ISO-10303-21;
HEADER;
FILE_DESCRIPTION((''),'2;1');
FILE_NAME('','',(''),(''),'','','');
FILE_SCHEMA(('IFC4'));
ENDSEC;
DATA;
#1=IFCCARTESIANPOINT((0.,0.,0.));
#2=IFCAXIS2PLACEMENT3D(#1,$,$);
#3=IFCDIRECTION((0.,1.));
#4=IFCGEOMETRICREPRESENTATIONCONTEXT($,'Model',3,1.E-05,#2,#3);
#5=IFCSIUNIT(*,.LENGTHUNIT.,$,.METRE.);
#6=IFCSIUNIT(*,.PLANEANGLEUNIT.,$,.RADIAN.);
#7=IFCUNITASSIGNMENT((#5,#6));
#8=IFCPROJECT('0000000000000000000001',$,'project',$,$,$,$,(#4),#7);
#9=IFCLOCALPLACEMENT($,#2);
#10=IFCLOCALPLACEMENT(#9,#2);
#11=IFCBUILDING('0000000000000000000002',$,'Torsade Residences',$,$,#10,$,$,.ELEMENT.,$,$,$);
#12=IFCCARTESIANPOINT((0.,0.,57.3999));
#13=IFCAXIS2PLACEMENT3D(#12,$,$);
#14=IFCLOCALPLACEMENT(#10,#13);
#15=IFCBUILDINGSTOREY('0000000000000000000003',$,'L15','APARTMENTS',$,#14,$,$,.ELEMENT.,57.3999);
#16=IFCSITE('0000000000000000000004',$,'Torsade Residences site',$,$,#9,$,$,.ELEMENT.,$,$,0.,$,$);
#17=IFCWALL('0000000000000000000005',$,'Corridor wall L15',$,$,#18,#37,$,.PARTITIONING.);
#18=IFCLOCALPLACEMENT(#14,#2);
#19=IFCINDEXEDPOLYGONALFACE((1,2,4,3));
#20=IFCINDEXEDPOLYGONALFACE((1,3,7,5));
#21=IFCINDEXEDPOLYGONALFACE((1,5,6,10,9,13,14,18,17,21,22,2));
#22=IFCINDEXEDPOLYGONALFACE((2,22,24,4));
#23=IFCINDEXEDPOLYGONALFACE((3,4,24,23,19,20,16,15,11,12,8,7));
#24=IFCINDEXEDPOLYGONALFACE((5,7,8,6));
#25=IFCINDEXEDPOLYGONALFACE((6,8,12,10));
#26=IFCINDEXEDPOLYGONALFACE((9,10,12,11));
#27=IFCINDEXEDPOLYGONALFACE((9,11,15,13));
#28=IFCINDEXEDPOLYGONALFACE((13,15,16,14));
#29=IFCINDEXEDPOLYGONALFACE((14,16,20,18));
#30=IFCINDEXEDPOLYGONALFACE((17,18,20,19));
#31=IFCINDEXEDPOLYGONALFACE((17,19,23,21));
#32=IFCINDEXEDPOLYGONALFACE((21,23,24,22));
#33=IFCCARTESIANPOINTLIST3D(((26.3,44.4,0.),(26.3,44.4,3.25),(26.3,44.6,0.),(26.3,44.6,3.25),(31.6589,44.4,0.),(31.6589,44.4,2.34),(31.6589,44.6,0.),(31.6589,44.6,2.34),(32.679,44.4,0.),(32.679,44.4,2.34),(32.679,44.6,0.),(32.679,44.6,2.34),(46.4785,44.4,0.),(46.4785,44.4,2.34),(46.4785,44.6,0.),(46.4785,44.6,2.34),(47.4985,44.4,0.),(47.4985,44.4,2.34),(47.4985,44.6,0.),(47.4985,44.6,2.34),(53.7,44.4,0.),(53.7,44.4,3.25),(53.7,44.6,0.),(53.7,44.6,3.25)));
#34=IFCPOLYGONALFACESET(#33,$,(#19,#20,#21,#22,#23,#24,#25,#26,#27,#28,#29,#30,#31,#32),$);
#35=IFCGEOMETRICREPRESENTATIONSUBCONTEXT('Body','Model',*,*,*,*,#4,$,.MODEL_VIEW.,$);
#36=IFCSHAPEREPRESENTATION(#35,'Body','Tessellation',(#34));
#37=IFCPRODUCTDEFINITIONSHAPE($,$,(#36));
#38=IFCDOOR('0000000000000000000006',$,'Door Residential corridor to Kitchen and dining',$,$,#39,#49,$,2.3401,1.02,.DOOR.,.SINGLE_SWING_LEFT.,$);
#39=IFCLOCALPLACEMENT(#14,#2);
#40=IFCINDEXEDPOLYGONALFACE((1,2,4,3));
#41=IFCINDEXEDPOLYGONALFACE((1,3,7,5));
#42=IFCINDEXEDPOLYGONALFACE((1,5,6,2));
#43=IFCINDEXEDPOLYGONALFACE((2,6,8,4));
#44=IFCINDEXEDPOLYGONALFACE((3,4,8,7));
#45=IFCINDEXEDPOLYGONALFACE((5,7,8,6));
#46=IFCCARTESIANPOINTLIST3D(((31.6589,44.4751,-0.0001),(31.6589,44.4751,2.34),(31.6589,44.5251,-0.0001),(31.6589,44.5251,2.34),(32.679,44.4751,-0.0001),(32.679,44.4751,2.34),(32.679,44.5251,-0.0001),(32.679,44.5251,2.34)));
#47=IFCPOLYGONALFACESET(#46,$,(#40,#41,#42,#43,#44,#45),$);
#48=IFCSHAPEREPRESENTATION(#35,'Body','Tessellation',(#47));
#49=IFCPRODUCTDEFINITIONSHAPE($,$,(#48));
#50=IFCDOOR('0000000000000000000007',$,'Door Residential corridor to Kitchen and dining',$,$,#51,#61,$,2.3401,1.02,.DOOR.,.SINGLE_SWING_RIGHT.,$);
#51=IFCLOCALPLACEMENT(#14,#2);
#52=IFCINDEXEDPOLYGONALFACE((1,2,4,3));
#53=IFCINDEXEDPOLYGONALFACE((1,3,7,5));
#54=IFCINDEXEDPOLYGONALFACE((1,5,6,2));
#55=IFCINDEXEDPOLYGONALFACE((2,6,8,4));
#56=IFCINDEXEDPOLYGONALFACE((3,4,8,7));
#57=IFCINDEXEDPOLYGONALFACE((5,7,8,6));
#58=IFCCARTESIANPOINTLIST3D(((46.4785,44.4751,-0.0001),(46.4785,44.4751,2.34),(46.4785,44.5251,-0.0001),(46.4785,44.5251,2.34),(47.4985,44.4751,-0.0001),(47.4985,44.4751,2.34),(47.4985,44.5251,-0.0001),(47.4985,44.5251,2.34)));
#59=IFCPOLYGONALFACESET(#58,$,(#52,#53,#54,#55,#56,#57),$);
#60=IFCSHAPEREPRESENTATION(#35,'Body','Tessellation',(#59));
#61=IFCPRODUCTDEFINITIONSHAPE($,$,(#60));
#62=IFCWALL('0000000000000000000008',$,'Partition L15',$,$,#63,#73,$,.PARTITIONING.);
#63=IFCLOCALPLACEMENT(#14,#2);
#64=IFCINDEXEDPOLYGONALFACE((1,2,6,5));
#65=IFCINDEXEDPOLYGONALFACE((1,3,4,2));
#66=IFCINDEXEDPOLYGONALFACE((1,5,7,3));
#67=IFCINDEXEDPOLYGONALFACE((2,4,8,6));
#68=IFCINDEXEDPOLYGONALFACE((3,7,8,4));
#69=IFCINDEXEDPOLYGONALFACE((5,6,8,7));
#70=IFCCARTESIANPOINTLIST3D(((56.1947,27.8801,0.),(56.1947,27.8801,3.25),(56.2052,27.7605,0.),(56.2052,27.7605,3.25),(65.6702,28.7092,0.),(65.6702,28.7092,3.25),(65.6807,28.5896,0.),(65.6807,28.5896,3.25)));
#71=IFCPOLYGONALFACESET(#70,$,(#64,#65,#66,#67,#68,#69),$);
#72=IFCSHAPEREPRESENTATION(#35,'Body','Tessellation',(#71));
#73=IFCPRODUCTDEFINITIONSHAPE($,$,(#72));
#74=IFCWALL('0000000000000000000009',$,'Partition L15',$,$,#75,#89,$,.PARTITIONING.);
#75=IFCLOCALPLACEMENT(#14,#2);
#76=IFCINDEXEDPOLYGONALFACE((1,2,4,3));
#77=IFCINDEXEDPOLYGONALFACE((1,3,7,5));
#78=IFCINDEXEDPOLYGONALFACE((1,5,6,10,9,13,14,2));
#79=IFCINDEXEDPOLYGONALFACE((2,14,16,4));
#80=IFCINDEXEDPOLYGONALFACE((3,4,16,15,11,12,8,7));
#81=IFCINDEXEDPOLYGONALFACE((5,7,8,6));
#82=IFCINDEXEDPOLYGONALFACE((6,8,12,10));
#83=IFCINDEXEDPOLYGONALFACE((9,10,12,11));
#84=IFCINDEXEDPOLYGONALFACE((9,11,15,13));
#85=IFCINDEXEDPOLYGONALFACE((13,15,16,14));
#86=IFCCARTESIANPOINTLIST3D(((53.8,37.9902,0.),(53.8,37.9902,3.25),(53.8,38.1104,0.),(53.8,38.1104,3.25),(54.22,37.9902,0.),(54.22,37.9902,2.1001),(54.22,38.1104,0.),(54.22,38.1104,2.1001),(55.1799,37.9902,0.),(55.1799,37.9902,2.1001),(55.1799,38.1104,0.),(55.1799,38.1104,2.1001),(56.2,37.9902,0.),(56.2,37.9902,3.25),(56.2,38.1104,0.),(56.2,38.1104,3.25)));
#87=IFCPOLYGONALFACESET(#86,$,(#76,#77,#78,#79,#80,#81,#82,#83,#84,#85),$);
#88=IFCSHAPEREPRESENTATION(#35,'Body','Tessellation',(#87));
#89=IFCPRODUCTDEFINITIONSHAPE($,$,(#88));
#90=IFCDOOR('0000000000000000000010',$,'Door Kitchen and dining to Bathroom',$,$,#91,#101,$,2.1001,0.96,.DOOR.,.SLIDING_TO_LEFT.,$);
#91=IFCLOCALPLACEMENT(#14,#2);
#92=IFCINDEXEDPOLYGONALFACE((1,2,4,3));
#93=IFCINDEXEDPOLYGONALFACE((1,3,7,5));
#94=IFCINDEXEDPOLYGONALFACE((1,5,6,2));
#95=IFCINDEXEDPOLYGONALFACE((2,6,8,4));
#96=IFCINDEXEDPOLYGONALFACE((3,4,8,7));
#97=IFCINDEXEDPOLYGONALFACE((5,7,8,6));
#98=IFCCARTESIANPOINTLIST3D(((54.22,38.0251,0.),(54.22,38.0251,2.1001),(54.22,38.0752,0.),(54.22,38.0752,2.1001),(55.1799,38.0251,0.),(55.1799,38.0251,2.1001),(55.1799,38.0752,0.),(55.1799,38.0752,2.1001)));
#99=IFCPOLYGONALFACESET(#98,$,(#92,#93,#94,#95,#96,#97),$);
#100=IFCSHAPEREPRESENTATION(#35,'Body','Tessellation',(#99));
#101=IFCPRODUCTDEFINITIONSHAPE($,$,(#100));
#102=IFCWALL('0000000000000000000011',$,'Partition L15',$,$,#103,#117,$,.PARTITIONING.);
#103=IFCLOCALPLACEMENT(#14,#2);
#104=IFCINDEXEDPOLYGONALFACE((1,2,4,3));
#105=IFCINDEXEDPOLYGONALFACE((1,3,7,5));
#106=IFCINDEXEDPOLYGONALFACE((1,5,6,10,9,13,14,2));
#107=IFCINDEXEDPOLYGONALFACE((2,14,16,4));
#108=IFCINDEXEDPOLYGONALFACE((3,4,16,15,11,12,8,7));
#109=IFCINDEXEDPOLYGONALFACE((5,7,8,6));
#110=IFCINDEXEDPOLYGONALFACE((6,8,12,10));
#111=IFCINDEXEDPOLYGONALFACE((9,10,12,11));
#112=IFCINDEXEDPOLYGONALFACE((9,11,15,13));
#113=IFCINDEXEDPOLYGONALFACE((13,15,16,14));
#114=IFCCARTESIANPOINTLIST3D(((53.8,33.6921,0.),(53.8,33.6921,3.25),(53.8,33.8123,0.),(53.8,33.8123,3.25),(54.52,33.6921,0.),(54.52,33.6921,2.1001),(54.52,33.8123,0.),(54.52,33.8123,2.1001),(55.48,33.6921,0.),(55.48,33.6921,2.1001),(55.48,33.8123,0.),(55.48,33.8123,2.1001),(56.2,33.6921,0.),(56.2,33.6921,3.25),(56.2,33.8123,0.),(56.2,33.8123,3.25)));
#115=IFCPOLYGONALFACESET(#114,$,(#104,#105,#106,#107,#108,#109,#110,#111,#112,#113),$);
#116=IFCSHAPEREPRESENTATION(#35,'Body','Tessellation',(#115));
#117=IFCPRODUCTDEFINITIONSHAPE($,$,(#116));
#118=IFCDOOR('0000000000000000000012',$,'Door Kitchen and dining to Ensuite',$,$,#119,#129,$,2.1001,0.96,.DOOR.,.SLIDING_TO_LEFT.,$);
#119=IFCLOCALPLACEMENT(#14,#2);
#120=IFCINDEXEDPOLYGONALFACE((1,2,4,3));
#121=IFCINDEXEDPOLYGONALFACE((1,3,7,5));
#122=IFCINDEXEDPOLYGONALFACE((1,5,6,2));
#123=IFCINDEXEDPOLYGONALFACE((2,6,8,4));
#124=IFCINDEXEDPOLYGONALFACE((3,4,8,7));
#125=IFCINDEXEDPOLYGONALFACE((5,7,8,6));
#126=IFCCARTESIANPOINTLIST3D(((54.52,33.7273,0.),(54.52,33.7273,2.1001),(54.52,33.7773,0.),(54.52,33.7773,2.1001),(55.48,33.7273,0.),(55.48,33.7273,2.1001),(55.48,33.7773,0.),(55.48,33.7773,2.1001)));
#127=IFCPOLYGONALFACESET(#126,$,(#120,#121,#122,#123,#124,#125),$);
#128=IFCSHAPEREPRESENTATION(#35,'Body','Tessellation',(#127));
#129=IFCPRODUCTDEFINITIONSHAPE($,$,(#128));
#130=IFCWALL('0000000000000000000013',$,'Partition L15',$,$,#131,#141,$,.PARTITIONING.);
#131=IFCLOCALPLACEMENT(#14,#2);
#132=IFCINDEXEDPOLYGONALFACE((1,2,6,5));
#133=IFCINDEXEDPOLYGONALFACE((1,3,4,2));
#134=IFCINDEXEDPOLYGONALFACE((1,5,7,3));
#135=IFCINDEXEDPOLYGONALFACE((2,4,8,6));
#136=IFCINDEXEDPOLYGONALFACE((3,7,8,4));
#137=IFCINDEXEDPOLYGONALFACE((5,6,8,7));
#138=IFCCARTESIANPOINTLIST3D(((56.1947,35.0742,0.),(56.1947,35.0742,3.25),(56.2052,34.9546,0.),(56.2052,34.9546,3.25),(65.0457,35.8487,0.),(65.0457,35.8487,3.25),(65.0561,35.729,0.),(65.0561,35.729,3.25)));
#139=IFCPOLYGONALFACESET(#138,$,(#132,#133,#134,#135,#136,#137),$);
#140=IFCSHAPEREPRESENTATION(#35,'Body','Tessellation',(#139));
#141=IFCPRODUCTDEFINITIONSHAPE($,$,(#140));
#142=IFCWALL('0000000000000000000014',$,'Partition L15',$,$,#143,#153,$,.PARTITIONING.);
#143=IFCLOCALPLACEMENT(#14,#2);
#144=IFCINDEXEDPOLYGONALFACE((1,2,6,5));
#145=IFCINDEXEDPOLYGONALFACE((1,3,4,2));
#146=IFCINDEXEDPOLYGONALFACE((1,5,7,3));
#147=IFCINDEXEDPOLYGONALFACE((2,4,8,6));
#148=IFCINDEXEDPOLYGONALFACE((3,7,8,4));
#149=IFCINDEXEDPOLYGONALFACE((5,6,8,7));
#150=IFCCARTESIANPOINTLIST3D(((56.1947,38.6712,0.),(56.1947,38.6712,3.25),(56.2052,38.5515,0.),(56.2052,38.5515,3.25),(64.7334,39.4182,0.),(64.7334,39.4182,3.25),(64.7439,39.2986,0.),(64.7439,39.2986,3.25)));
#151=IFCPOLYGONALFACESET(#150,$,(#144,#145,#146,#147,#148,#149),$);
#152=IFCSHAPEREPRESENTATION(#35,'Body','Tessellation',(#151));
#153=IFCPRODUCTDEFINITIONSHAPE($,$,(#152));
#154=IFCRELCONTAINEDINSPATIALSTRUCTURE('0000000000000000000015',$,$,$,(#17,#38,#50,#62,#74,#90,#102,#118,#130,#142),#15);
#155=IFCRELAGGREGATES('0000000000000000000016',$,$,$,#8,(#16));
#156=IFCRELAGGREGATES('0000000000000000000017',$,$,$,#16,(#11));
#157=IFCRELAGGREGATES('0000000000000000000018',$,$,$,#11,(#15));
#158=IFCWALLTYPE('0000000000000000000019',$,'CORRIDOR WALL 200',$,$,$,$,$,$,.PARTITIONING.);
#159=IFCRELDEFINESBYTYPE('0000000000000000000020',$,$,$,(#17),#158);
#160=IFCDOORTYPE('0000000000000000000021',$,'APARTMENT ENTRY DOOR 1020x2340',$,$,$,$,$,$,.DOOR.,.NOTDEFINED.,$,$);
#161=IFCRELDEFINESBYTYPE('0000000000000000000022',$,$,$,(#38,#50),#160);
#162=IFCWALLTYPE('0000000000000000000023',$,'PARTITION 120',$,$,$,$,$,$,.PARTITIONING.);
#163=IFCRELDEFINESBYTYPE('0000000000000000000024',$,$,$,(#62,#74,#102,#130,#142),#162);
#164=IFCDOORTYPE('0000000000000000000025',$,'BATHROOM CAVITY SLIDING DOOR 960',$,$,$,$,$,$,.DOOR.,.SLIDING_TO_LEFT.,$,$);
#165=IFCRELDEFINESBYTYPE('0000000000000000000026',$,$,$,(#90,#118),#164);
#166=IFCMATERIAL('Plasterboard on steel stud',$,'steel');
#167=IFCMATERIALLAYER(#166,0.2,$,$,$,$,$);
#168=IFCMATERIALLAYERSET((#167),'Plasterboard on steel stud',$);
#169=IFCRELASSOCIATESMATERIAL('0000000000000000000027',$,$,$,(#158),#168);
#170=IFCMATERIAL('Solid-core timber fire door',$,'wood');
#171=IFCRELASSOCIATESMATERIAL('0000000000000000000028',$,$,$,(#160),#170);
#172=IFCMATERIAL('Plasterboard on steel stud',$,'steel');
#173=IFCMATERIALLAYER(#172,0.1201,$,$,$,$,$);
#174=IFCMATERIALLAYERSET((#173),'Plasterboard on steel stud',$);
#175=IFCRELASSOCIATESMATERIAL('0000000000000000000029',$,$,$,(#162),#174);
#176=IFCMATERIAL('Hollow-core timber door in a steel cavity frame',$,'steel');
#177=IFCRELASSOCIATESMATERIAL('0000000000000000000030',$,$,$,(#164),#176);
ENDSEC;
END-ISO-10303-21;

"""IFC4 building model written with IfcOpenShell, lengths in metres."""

from ifc_helpers import new_model, si_unit, direction, frame, frame_2d, origin, place, context, subcontext, project, spatial, rectangle, extrude, material, layer, layer_set, type_object, element, fill, save


model = new_model("IFC4")

# Units and contexts
model_context = context("Model", 3, precision=1e-05, world=origin(), true_north=direction((0.0, 1.0)))
body_context = subcontext(model_context, "Body", "Model", "MODEL_VIEW")
ifc_project = project(units=[si_unit("LENGTHUNIT", "METRE"), si_unit("PLANEANGLEUNIT", "RADIAN")], contexts=[model_context])

# Site, building, storey
site_placement = place(None, origin())
site = spatial("IfcSite", under=ifc_project, at=site_placement, Name="Torsade Residences site", CompositionType="ELEMENT", RefElevation=0.0)
building_placement = place(site_placement, origin())
building = spatial("IfcBuilding", under=site, at=building_placement, Name="Torsade Residences", CompositionType="ELEMENT")
storey_placement = place(building_placement, frame((0.0, 0.0, 57.3999)))
storey = spatial("IfcBuildingStorey", under=building, at=storey_placement, Name="L15", Description="APARTMENTS", CompositionType="ELEMENT", Elevation=57.3999)

# Wall, openings, doors
ifc_material_1 = material(Name="Plasterboard on steel stud", Category="steel")
ifc_layer_1 = layer(ifc_material_1, 0.2)
ifc_layer_set_1 = layer_set([ifc_layer_1], Name="Plasterboard on steel stud")
wall_type_1 = type_object("IfcWallType", Name="CORRIDOR WALL 200", PredefinedType="PARTITIONING", material=ifc_layer_set_1)
wall_1_placement = place(storey_placement, frame((53.7, 44.5, 0.0), z_axis=(0.0, 0.0, 1.0), x_axis=(-1.0, 0.0, 0.0)))
wall_1 = element("IfcWall", 1, at=wall_1_placement, inside=storey, type_object=wall_type_1, Name="Corridor wall L15", PredefinedType="PARTITIONING", context=body_context, shape_type="SweptSolid", body=[
    extrude(rectangle(XDim=27.3999, YDim=0.2, at=frame_2d((13.7, 0.0))), origin(), (0.0, 0.0, 1.0), 3.25),
])
opening_1_placement = place(wall_1_placement, frame((21.021, 0.0, 0.0)))
opening_1 = element("IfcOpeningElement", 2, at=opening_1_placement, cuts=wall_1, PredefinedType="OPENING", context=body_context, shape_type="SweptSolid", body=[
    extrude(rectangle(XDim=1.02, YDim=2.3401, at=frame_2d((0.51, 1.1699))), frame((0.0, 0.1099, 0.0), z_axis=(0.0, -1.0, 0.0), x_axis=(1.0, 0.0, 0.0)), (0.0, 0.0, 1.0), 0.22),
])
opening_2_placement = place(wall_1_placement, frame((6.2014, 0.0, 0.0)))
opening_2 = element("IfcOpeningElement", 3, at=opening_2_placement, cuts=wall_1, PredefinedType="OPENING", context=body_context, shape_type="SweptSolid", body=[
    extrude(rectangle(XDim=1.02, YDim=2.3401, at=frame_2d((0.51, 1.1699))), frame((0.0, 0.1099, 0.0), z_axis=(0.0, -1.0, 0.0), x_axis=(1.0, 0.0, 0.0)), (0.0, 0.0, 1.0), 0.22),
])
ifc_material_2 = material(Name="Solid-core timber fire door", Category="wood")
door_type_1 = type_object("IfcDoorType", Name="APARTMENT ENTRY DOOR 1020x2340", OperationType="NOTDEFINED", PredefinedType="DOOR", material=ifc_material_2)
door_1_placement = place(opening_1_placement, origin())
door_1 = element("IfcDoor", 4, at=door_1_placement, inside=storey, type_object=door_type_1, Name="Door Residential corridor to Kitchen and dining", OperationType="SINGLE_SWING_LEFT", OverallHeight=2.3401, OverallWidth=1.02, PredefinedType="DOOR", context=body_context, shape_type="SweptSolid", body=[
    extrude(rectangle(XDim=1.02, YDim=2.3401, at=frame_2d((0.51, 1.1699))), frame((0.0, 0.0249, 0.0), z_axis=(0.0, -1.0, 0.0), x_axis=(1.0, 0.0, 0.0)), (0.0, 0.0, 1.0), 0.05),
])
fill(opening_1, door_1)
door_2_placement = place(opening_2_placement, origin())
door_2 = element("IfcDoor", 5, at=door_2_placement, inside=storey, type_object=door_type_1, Name="Door Residential corridor to Kitchen and dining", OperationType="SINGLE_SWING_RIGHT", OverallHeight=2.3401, OverallWidth=1.02, PredefinedType="DOOR", context=body_context, shape_type="SweptSolid", body=[
    extrude(rectangle(XDim=1.02, YDim=2.3401, at=frame_2d((0.51, 1.1699))), frame((0.0, 0.0249, 0.0), z_axis=(0.0, -1.0, 0.0), x_axis=(1.0, 0.0, 0.0)), (0.0, 0.0, 1.0), 0.05),
])
fill(opening_2, door_2)

# Wall
ifc_material_3 = material(Name="Plasterboard on steel stud", Category="steel")
ifc_layer_2 = layer(ifc_material_3, 0.1201)
ifc_layer_set_2 = layer_set([ifc_layer_2], Name="Plasterboard on steel stud")
wall_type_2 = type_object("IfcWallType", Name="PARTITION 120", PredefinedType="PARTITIONING", material=ifc_layer_set_2)
wall_2_placement = place(storey_placement, frame((56.2, 27.8203, 0.0), z_axis=(0.0, 0.0, 1.0), x_axis=(0.996194, 0.087166, 0.0)))
element("IfcWall", 6, at=wall_2_placement, inside=storey, type_object=wall_type_2, Name="Partition L15", PredefinedType="PARTITIONING", context=body_context, shape_type="SweptSolid", body=[
    extrude(rectangle(XDim=9.5117, YDim=0.1201, at=frame_2d((4.7559, 0.0))), origin(), (0.0, 0.0, 1.0), 3.25),
])

# Walls, openings, doors
wall_3_placement = place(storey_placement, frame((53.8, 38.0503, 0.0), z_axis=(0.0, 0.0, 1.0), x_axis=(1.0, 0.0, 0.0)))
wall_3 = element("IfcWall", 7, at=wall_3_placement, inside=storey, type_object=wall_type_2, Name="Partition L15", PredefinedType="PARTITIONING", context=body_context, shape_type="SweptSolid", body=[
    extrude(rectangle(XDim=2.3999, YDim=0.1201, at=frame_2d((1.2, 0.0))), origin(), (0.0, 0.0, 1.0), 3.25),
])
opening_3_placement = place(wall_3_placement, frame((0.4199, 0.0, 0.0)))
opening_3 = element("IfcOpeningElement", 8, at=opening_3_placement, cuts=wall_3, PredefinedType="OPENING", context=body_context, shape_type="SweptSolid", body=[
    extrude(rectangle(XDim=0.96, YDim=2.1001, at=frame_2d((0.48, 1.05))), frame((0.0, 0.0701, 0.0), z_axis=(0.0, -1.0, 0.0), x_axis=(1.0, 0.0, 0.0)), (0.0, 0.0, 1.0), 0.1401),
])
ifc_material_4 = material(Name="Hollow-core timber door in a steel cavity frame", Category="steel")
door_type_2 = type_object("IfcDoorType", Name="BATHROOM CAVITY SLIDING DOOR 960", OperationType="SLIDING_TO_LEFT", PredefinedType="DOOR", material=ifc_material_4)
door_3_placement = place(opening_3_placement, origin())
door_3 = element("IfcDoor", 9, at=door_3_placement, inside=storey, type_object=door_type_2, Name="Door Kitchen and dining to Bathroom", OperationType="SLIDING_TO_LEFT", OverallHeight=2.1001, OverallWidth=0.96, PredefinedType="DOOR", context=body_context, shape_type="SweptSolid", body=[
    extrude(rectangle(XDim=0.96, YDim=2.1001, at=frame_2d((0.48, 1.05))), frame((0.0, 0.0249, 0.0), z_axis=(0.0, -1.0, 0.0), x_axis=(1.0, 0.0, 0.0)), (0.0, 0.0, 1.0), 0.05),
])
fill(opening_3, door_3)
wall_4_placement = place(storey_placement, frame((56.2, 33.7522, 0.0), z_axis=(0.0, 0.0, 1.0), x_axis=(-1.0, 0.0, 0.0)))
wall_4 = element("IfcWall", 10, at=wall_4_placement, inside=storey, type_object=wall_type_2, Name="Partition L15", PredefinedType="PARTITIONING", context=body_context, shape_type="SweptSolid", body=[
    extrude(rectangle(XDim=2.3999, YDim=0.1201, at=frame_2d((1.2, 0.0))), origin(), (0.0, 0.0, 1.0), 3.25),
])
opening_4_placement = place(wall_4_placement, frame((0.72, 0.0, 0.0)))
opening_4 = element("IfcOpeningElement", 11, at=opening_4_placement, cuts=wall_4, PredefinedType="OPENING", context=body_context, shape_type="SweptSolid", body=[
    extrude(rectangle(XDim=0.96, YDim=2.1001, at=frame_2d((0.48, 1.05))), frame((0.0, 0.0701, 0.0), z_axis=(0.0, -1.0, 0.0), x_axis=(1.0, 0.0, 0.0)), (0.0, 0.0, 1.0), 0.1401),
])
door_4_placement = place(opening_4_placement, origin())
door_4 = element("IfcDoor", 12, at=door_4_placement, inside=storey, type_object=door_type_2, Name="Door Kitchen and dining to Ensuite", OperationType="SLIDING_TO_LEFT", OverallHeight=2.1001, OverallWidth=0.96, PredefinedType="DOOR", context=body_context, shape_type="SweptSolid", body=[
    extrude(rectangle(XDim=0.96, YDim=2.1001, at=frame_2d((0.48, 1.05))), frame((0.0, 0.0249, 0.0), z_axis=(0.0, -1.0, 0.0), x_axis=(1.0, 0.0, 0.0)), (0.0, 0.0, 1.0), 0.05),
])
fill(opening_4, door_4)

# Walls
wall_5_placement = place(storey_placement, frame((56.2, 35.0144, 0.0), z_axis=(0.0, 0.0, 1.0), x_axis=(0.996194, 0.087163, 0.0)))
element("IfcWall", 13, at=wall_5_placement, inside=storey, type_object=wall_type_2, Name="Partition L15", PredefinedType="PARTITIONING", context=body_context, shape_type="SweptSolid", body=[
    extrude(rectangle(XDim=8.8848, YDim=0.1201, at=frame_2d((4.4424, 0.0))), origin(), (0.0, 0.0, 1.0), 3.25),
])
wall_6_placement = place(storey_placement, frame((56.2, 38.6113, 0.0), z_axis=(0.0, 0.0, 1.0), x_axis=(0.996194, 0.087161, 0.0)))
element("IfcWall", 14, at=wall_6_placement, inside=storey, type_object=wall_type_2, Name="Partition L15", PredefinedType="PARTITIONING", context=body_context, shape_type="SweptSolid", body=[
    extrude(rectangle(XDim=8.5713, YDim=0.1201, at=frame_2d((4.2856, 0.0))), origin(), (0.0, 0.0, 1.0), 3.25),
])

save(model, "model.ifc")
